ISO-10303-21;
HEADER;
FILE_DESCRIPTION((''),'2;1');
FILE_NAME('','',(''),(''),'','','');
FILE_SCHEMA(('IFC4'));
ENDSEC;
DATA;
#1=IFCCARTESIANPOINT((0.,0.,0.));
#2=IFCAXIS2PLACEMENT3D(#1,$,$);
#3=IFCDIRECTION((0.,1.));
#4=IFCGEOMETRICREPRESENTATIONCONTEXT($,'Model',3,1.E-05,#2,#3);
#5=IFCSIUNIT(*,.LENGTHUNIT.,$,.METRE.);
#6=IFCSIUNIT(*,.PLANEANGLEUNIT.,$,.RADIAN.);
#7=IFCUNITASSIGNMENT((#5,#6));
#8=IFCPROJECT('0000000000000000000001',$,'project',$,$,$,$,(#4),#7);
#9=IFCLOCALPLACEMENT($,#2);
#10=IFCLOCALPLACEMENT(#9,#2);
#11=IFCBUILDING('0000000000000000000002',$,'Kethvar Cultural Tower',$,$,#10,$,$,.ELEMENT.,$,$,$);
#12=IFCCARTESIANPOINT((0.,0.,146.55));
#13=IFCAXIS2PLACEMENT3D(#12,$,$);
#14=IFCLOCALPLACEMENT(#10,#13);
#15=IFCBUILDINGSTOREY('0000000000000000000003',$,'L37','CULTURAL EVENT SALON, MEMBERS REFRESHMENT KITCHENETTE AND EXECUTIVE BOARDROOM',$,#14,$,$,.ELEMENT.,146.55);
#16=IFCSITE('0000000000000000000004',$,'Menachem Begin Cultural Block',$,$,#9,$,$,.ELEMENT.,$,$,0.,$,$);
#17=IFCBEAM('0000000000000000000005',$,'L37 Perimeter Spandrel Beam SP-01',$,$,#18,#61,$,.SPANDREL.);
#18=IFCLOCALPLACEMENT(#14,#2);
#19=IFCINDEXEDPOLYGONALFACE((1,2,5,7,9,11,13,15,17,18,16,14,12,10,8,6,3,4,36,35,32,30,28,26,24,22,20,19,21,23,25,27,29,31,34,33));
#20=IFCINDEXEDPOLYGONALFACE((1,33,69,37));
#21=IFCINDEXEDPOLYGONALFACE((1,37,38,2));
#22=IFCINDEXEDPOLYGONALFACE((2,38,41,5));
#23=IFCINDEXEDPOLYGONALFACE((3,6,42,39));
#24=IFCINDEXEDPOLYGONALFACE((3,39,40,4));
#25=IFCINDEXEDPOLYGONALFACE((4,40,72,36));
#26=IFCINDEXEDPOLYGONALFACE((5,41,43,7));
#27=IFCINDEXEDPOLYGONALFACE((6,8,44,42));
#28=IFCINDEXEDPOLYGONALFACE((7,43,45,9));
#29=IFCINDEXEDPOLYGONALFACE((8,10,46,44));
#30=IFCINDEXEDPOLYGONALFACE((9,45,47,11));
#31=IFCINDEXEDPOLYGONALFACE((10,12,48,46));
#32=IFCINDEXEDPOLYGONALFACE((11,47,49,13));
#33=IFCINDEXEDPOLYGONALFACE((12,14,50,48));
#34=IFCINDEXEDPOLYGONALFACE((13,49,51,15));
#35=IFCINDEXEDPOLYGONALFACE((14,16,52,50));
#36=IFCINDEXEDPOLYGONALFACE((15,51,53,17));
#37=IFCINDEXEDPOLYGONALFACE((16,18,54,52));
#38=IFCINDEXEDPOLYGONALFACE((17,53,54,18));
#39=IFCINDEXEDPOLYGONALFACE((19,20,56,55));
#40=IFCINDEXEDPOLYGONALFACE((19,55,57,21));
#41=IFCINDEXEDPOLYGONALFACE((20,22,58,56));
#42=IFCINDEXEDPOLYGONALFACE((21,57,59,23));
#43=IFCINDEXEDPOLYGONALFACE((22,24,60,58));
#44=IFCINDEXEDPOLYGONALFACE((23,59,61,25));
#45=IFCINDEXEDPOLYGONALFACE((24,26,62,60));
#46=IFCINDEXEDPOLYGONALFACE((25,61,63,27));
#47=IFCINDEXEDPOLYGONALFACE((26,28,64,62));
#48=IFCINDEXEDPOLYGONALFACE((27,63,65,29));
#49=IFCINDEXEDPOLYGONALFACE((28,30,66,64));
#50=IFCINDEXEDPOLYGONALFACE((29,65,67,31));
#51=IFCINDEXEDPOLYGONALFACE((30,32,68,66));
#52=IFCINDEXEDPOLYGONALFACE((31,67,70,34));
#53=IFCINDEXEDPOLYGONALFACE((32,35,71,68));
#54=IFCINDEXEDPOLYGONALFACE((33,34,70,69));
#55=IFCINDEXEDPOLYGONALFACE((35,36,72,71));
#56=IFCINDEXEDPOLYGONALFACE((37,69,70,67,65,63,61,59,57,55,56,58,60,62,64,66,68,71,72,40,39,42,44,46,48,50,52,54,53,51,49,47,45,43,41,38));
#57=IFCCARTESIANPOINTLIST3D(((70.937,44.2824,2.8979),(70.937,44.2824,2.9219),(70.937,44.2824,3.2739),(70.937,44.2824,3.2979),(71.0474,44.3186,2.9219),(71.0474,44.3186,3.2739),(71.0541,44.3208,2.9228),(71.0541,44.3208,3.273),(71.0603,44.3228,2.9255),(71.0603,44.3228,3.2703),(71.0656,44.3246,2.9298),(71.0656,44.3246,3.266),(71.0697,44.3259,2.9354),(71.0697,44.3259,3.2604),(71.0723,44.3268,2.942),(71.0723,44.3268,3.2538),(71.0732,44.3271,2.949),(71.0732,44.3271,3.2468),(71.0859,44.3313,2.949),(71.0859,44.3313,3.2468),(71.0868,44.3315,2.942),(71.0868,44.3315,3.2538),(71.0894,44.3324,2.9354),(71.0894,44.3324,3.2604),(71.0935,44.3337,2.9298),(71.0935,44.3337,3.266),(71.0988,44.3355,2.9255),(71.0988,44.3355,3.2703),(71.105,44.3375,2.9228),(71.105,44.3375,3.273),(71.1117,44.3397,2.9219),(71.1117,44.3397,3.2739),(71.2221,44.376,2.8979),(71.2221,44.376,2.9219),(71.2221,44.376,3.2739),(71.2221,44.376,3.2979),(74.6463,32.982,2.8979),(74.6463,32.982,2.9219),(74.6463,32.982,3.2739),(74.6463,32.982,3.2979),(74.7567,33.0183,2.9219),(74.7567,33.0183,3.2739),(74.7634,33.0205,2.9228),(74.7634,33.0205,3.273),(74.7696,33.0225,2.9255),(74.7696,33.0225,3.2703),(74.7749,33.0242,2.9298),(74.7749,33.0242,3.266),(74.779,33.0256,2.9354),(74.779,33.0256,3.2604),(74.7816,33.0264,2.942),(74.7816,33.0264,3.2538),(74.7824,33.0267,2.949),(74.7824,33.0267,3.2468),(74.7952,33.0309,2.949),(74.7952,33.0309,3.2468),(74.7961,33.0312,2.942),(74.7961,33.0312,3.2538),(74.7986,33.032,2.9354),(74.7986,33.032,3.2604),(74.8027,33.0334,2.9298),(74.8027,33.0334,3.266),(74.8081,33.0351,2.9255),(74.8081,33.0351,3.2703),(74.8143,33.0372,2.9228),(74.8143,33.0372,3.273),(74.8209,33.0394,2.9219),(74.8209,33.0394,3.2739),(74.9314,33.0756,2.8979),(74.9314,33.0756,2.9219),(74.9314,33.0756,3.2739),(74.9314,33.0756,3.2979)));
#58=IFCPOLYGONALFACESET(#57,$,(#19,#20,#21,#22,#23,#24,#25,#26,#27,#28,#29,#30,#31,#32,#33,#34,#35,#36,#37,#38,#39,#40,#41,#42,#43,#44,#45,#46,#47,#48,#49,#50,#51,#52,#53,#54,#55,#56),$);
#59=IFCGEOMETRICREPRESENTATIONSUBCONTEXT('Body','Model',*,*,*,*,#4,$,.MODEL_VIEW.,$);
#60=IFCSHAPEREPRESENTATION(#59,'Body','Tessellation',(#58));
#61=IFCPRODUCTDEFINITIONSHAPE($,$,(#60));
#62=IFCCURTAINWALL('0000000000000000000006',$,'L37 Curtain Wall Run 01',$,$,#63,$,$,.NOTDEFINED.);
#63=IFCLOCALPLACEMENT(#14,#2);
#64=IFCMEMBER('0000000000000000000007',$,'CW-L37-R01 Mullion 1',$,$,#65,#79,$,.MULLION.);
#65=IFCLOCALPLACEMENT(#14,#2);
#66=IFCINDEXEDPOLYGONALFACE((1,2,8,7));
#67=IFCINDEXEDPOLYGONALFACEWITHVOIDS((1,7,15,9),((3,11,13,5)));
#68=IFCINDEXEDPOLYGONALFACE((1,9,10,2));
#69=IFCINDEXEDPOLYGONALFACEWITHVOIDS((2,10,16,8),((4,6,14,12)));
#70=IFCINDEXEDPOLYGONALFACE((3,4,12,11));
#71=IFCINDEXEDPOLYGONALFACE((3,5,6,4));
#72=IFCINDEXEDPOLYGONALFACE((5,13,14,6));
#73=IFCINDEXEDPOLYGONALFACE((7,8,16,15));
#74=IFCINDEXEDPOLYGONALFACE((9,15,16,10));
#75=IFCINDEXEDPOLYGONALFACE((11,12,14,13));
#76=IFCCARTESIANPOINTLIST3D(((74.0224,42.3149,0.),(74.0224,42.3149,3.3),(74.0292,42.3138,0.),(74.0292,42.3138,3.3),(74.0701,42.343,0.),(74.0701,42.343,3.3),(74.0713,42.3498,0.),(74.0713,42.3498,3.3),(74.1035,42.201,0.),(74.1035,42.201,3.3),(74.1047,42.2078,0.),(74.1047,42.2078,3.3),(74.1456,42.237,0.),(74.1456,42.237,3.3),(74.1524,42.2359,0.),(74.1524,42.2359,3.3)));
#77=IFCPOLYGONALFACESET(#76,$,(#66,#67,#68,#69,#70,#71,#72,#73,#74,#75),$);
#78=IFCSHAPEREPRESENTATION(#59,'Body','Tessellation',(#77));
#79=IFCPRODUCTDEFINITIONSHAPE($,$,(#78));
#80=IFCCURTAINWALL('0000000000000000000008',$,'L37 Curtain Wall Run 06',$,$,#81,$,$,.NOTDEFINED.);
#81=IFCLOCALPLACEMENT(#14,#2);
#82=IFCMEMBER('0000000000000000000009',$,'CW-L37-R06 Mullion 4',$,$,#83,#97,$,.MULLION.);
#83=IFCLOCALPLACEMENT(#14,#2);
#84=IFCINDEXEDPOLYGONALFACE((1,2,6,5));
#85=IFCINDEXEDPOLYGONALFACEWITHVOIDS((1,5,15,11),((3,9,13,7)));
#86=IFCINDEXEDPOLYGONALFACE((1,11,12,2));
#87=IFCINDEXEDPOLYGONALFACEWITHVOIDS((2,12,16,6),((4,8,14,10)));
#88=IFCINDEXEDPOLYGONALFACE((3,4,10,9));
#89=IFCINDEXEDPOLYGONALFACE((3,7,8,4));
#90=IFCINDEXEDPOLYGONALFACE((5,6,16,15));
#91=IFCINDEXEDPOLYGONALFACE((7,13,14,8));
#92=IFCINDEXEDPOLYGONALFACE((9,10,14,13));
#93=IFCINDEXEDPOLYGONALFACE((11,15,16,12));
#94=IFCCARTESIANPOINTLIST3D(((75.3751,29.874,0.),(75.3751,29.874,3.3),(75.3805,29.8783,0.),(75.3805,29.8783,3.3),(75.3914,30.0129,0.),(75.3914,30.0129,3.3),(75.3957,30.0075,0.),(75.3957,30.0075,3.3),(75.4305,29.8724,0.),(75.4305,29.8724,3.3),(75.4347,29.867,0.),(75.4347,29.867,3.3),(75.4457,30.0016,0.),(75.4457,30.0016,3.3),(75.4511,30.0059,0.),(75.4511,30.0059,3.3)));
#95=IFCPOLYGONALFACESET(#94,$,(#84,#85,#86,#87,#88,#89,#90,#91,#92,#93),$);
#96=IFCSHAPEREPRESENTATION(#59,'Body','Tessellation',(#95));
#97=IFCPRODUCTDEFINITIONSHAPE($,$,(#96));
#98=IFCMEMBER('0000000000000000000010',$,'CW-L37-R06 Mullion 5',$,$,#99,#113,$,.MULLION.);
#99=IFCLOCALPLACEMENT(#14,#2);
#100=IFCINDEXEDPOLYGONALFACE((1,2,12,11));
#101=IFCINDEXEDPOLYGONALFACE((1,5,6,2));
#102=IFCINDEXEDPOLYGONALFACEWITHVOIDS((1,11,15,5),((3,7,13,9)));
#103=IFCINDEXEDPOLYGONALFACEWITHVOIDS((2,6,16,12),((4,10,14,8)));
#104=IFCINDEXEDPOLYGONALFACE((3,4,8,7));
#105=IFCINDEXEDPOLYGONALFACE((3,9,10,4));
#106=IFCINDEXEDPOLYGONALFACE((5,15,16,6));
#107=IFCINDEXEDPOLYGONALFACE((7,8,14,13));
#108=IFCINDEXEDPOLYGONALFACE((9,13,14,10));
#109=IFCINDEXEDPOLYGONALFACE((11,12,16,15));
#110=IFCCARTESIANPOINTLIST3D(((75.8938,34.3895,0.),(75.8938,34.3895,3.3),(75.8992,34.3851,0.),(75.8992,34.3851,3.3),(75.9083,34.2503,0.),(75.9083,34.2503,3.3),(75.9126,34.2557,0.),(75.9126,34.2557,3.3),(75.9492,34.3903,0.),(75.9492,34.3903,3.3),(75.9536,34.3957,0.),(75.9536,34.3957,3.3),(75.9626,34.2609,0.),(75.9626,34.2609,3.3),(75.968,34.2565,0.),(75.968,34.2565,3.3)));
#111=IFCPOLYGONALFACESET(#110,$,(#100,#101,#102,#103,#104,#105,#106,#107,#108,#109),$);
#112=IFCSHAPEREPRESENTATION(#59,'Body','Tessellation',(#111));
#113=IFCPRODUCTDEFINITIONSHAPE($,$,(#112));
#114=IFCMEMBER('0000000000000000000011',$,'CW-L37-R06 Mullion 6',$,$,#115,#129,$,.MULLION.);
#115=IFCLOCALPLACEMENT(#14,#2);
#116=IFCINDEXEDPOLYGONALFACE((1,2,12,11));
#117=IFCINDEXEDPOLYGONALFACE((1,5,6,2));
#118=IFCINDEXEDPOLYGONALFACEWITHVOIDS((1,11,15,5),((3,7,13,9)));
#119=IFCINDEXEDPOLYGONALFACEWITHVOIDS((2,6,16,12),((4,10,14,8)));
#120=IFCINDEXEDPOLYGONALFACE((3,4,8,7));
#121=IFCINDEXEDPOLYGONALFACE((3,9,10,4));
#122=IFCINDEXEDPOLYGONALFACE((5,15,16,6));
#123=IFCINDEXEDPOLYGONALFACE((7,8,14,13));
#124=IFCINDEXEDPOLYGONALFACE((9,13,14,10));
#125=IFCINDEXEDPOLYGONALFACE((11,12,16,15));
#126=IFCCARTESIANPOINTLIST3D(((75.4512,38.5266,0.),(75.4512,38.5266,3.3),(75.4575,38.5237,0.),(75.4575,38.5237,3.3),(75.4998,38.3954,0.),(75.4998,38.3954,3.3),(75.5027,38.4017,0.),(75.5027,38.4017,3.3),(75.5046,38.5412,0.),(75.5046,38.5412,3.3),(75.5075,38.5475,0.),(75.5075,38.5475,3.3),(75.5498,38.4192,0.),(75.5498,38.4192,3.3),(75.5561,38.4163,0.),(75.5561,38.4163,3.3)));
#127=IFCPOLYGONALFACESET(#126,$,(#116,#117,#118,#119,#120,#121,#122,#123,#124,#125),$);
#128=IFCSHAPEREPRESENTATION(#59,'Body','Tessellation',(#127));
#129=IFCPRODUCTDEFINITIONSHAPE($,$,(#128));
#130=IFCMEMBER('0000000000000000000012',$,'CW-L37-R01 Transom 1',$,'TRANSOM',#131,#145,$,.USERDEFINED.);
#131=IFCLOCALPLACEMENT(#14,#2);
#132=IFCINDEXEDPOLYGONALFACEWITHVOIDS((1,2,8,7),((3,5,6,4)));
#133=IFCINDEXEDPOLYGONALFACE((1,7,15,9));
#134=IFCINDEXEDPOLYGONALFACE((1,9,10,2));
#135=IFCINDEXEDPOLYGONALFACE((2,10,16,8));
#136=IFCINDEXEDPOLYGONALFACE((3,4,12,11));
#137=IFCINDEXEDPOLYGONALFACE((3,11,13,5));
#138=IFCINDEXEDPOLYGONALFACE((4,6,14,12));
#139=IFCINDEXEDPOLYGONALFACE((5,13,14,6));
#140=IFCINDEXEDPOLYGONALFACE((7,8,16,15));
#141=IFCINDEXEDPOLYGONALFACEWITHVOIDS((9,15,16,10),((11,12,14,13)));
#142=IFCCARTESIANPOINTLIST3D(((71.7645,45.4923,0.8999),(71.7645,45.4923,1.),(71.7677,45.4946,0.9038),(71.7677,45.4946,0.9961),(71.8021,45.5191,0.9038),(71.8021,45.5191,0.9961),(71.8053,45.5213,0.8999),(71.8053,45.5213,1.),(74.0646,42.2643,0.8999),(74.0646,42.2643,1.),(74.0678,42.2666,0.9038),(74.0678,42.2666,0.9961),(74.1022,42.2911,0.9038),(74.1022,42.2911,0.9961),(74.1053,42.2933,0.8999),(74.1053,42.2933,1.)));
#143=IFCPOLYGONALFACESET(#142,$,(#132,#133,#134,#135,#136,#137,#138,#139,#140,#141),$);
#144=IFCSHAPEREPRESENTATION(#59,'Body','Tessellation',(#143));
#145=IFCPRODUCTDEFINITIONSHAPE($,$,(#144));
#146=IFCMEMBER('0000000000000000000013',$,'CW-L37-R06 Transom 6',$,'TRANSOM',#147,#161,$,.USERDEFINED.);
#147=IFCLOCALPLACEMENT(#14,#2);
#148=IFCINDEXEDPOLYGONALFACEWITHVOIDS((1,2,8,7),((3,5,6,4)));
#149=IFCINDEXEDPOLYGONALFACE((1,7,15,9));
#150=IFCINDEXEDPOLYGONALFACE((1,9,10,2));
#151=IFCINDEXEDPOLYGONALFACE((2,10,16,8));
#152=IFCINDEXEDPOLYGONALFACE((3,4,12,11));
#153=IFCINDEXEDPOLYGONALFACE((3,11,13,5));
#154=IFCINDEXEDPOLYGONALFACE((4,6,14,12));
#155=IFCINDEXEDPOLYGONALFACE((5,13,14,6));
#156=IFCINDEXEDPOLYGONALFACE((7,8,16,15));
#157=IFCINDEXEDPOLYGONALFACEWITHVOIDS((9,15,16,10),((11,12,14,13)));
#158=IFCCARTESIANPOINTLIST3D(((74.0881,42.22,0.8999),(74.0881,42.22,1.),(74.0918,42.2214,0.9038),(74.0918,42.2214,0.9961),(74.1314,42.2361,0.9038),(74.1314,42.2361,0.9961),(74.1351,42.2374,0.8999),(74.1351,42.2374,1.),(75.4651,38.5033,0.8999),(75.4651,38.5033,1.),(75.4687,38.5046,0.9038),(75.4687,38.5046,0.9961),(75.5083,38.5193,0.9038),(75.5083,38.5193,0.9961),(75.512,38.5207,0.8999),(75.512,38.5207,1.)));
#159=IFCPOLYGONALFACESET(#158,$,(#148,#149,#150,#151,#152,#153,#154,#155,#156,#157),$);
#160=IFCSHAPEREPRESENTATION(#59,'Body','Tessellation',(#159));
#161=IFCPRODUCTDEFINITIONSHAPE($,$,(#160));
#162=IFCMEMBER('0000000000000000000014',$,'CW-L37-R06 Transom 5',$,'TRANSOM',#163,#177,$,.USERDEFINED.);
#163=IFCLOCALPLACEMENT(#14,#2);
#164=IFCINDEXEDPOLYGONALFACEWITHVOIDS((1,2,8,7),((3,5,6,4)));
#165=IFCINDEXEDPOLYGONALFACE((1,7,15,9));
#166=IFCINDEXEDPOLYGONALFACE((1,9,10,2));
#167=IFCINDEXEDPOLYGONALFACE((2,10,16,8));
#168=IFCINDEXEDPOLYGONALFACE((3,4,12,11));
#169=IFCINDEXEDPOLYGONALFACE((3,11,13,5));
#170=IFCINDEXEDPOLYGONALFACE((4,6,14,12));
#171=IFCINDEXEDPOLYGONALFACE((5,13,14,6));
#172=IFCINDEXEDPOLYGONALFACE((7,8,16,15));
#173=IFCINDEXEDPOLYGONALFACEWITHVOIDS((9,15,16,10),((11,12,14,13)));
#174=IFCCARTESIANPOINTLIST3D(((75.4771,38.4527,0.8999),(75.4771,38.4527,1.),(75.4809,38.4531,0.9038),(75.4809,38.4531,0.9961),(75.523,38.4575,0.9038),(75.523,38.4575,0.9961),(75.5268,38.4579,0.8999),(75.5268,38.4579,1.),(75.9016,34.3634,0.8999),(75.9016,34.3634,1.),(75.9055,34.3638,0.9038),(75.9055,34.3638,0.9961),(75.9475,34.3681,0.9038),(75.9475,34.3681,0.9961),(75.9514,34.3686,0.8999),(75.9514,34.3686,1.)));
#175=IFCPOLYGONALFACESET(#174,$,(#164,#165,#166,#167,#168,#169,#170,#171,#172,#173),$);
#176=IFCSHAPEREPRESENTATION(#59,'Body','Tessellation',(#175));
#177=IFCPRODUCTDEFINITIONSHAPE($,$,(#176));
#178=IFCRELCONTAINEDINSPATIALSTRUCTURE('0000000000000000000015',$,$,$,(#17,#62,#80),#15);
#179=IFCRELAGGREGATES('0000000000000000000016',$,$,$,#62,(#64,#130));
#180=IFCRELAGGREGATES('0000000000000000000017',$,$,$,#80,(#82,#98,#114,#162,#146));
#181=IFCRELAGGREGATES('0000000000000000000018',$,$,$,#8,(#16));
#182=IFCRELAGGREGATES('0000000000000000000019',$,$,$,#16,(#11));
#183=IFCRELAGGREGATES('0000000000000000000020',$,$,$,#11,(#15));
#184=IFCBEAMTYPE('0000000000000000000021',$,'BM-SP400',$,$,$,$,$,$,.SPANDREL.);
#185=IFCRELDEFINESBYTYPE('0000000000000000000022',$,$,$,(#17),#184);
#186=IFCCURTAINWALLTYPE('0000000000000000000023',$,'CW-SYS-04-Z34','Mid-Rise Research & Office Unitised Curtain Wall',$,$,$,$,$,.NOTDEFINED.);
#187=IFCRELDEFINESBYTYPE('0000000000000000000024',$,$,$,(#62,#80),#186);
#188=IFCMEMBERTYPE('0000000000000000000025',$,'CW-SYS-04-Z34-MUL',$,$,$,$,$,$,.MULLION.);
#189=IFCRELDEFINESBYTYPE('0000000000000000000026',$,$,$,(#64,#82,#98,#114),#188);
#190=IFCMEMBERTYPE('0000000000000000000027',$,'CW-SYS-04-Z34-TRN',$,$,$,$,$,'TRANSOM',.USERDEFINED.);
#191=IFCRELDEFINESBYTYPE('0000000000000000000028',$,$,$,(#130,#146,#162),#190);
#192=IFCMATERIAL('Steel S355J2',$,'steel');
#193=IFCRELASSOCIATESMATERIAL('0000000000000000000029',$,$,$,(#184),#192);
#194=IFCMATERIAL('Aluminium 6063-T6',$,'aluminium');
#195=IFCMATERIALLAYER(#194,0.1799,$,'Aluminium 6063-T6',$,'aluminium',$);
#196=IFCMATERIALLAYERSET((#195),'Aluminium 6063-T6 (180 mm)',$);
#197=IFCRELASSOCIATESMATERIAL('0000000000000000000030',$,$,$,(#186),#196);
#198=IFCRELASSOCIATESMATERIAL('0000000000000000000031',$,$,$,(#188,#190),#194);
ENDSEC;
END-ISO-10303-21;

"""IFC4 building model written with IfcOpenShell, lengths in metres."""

from ifc_helpers import new_model, si_unit, direction, frame, origin, origin_2d, place, context, subcontext, project, spatial, hollow_rectangle, i_section, extrude, source, transform, mapped, material, layer, layer_set, material_profile, profile_set, type_object, element, aggregate, save


model = new_model("IFC4")

# Units and contexts
model_context = context("Model", 3, precision=1e-05, world=origin(), true_north=direction((0.0, 1.0)))
body_context = subcontext(model_context, "Body", "Model", "MODEL_VIEW")
ifc_project = project(units=[si_unit("LENGTHUNIT", "METRE"), si_unit("PLANEANGLEUNIT", "RADIAN")], contexts=[model_context])

# Site, building, storey
site_placement = place(None, origin())
site = spatial("IfcSite", under=ifc_project, at=site_placement, Name="Menachem Begin Cultural Block", CompositionType="ELEMENT", RefElevation=0.0)
building_placement = place(site_placement, origin())
building = spatial("IfcBuilding", under=site, at=building_placement, Name="Kethvar Cultural Tower", CompositionType="ELEMENT")
storey_placement = place(building_placement, frame((0.0, 0.0, 146.55)))
storey = spatial("IfcBuildingStorey", under=building, at=storey_placement, Name="L37", Description="CULTURAL EVENT SALON, MEMBERS REFRESHMENT KITCHENETTE AND EXECUTIVE BOARDROOM", CompositionType="ELEMENT", Elevation=146.55)

# Beam
ifc_material_1 = material(Name="Steel S355J2", Category="steel")
ifc_material_profile_1 = material_profile(ifc_material_1, i_section(OverallWidth=0.3, OverallDepth=0.3999, WebThickness=0.0134, FlangeThickness=0.0239, FilletRadius=0.0271, at=origin_2d()), Name="Steel S355J2 — HEB400")
ifc_profile_set_1 = profile_set([ifc_material_profile_1], Name="Steel S355J2 — HEB400")
beam_type_1 = type_object("IfcBeamType", Name="BM-SP400", PredefinedType="SPANDREL", material=ifc_profile_set_1)
shared_shape_1 = source(origin(), body_context, "Body", "SweptSolid", [
    extrude(i_section(OverallWidth=0.3, OverallDepth=0.3999, WebThickness=0.0134, FlangeThickness=0.0239, FilletRadius=0.0271, at=origin_2d()), origin(), (0.0, 0.0, 1.0), 11.8936),
])
beam_1_placement = place(storey_placement, frame((74.7888, 33.0288, 3.0979), z_axis=(-0.311871, 0.950125, 0.0), x_axis=(-0.950125, -0.311871, 0.0)))
element("IfcBeam", 1, at=beam_1_placement, inside=storey, type_object=beam_type_1, Name="L37 Perimeter Spandrel Beam SP-01", PredefinedType="SPANDREL", context=body_context, shape_type="MappedRepresentation", body=[
    mapped(shared_shape_1, transform((0.0, 0.0, 0.0), scale=1.0)),
])

# Curtain wall, member
ifc_material_2 = material(Name="Aluminium 6063-T6", Category="aluminium")
ifc_layer_1 = layer(ifc_material_2, 0.1799, Name="Aluminium 6063-T6", Category="aluminium")
ifc_layer_set_1 = layer_set([ifc_layer_1], Name="Aluminium 6063-T6 (180 mm)")
curtain_wall_type = type_object("IfcCurtainWallType", Name="CW-SYS-04-Z34", Description="Mid-Rise Research & Office Unitised Curtain Wall", PredefinedType="NOTDEFINED", material=ifc_layer_set_1)
curtain_wall_1_placement = place(storey_placement, origin())
curtain_wall_1 = element("IfcCurtainWall", 2, at=curtain_wall_1_placement, inside=storey, type_object=curtain_wall_type, Name="L37 Curtain Wall Run 01", PredefinedType="NOTDEFINED")
ifc_material_profile_2 = material_profile(ifc_material_2, hollow_rectangle(XDim=0.0601, YDim=0.1399, WallThickness=0.0049, at=origin_2d()), Name="Aluminium 6063-T6 — RHS140x60x5")
ifc_profile_set_2 = profile_set([ifc_material_profile_2], Name="Aluminium 6063-T6 — RHS140x60x5")
member_type_1 = type_object("IfcMemberType", Name="CW-SYS-04-Z34-MUL", PredefinedType="MULLION", material=ifc_profile_set_2)
shared_shape_2 = source(origin(), body_context, "Body", "SweptSolid", [
    extrude(hollow_rectangle(XDim=0.0601, YDim=0.1399, WallThickness=0.0049, at=origin_2d()), origin(), (0.0, 0.0, 1.0), 3.3),
])
member_1_placement = place(storey_placement, frame((74.0874, 42.2754, 0.0), z_axis=(0.0, 0.0, 1.0), x_axis=(-0.814419, -0.580277, 0.0)))
member_1 = element("IfcMember", 3, at=member_1_placement, type_object=member_type_1, Name="CW-L37-R01 Mullion 1", PredefinedType="MULLION", context=body_context, shape_type="MappedRepresentation", body=[
    mapped(shared_shape_2, transform((0.0, 0.0, 0.0), scale=1.0)),
])

# Curtain wall, members
curtain_wall_2_placement = place(storey_placement, origin())
curtain_wall_2 = element("IfcCurtainWall", 4, at=curtain_wall_2_placement, inside=storey, type_object=curtain_wall_type, Name="L37 Curtain Wall Run 06", PredefinedType="NOTDEFINED")
member_2_placement = place(storey_placement, frame((75.4131, 29.9399, 0.0), z_axis=(0.0, 0.0, 1.0), x_axis=(-0.99316, 0.116757, 0.0)))
member_2 = element("IfcMember", 5, at=member_2_placement, type_object=member_type_1, Name="CW-L37-R06 Mullion 4", PredefinedType="MULLION", context=body_context, shape_type="MappedRepresentation", body=[
    mapped(shared_shape_2, transform((0.0, 0.0, 0.0), scale=1.0)),
])
member_3_placement = place(storey_placement, frame((75.9309, 34.323, 0.0), z_axis=(0.0, 0.0, 1.0), x_axis=(-0.994651, -0.103296, 0.0)))
member_3 = element("IfcMember", 6, at=member_3_placement, type_object=member_type_1, Name="CW-L37-R06 Mullion 5", PredefinedType="MULLION", context=body_context, shape_type="MappedRepresentation", body=[
    mapped(shared_shape_2, transform((0.0, 0.0, 0.0), scale=1.0)),
])
member_4_placement = place(storey_placement, frame((75.5037, 38.4714, 0.0), z_axis=(0.0, 0.0, 1.0), x_axis=(-0.937707, -0.347427, 0.0)))
member_4 = element("IfcMember", 7, at=member_4_placement, type_object=member_type_1, Name="CW-L37-R06 Mullion 6", PredefinedType="MULLION", context=body_context, shape_type="MappedRepresentation", body=[
    mapped(shared_shape_2, transform((0.0, 0.0, 0.0), scale=1.0)),
])

# Members
ifc_material_profile_3 = material_profile(ifc_material_2, hollow_rectangle(XDim=0.05, YDim=0.1001, WallThickness=0.0039, at=origin_2d()), Name="Aluminium 6063-T6 — RHS100x50x4")
ifc_profile_set_3 = profile_set([ifc_material_profile_3], Name="Aluminium 6063-T6 — RHS100x50x4")
member_type_2 = type_object("IfcMemberType", Name="CW-SYS-04-Z34-TRN", ElementType="TRANSOM", PredefinedType="USERDEFINED", material=ifc_profile_set_3)
shared_shape_3 = source(origin(), body_context, "Body", "SweptSolid", [
    extrude(hollow_rectangle(XDim=0.05, YDim=0.1001, WallThickness=0.0039, at=origin_2d()), origin(), (0.0, 0.0, 1.0), 3.9636),
])
member_5_placement = place(storey_placement, frame((74.085, 42.2788, 0.95), z_axis=(-0.580288, 0.814411, 0.0), x_axis=(-0.814411, -0.580288, 0.0)))
member_5 = element("IfcMember", 8, at=member_5_placement, type_object=member_type_2, Name="CW-L37-R01 Transom 1", ObjectType="TRANSOM", PredefinedType="USERDEFINED", context=body_context, shape_type="MappedRepresentation", body=[
    mapped(shared_shape_3, transform((0.0, 0.0, 0.0), scale=1.0)),
])
aggregate(curtain_wall_1, [member_1, member_5])
member_6_placement = place(storey_placement, frame((75.4885, 38.512, 0.95), z_axis=(-0.347395, 0.937719, 0.0), x_axis=(-0.937719, -0.347395, 0.0)))
member_6 = element("IfcMember", 9, at=member_6_placement, type_object=member_type_2, Name="CW-L37-R06 Transom 6", ObjectType="TRANSOM", PredefinedType="USERDEFINED", context=body_context, shape_type="MappedRepresentation", body=[
    mapped(shared_shape_3, transform((0.0, 0.0, 0.0), scale=1.0)),
])
shared_shape_4 = source(origin(), body_context, "Body", "SweptSolid", [
    extrude(hollow_rectangle(XDim=0.05, YDim=0.1001, WallThickness=0.0039, at=origin_2d()), origin(), (0.0, 0.0, 1.0), 4.1113),
])
member_7_placement = place(storey_placement, frame((75.9265, 34.366, 0.95), z_axis=(-0.103266, 0.994654, 0.0), x_axis=(-0.994654, -0.103266, 0.0)))
member_7 = element("IfcMember", 10, at=member_7_placement, type_object=member_type_2, Name="CW-L37-R06 Transom 5", ObjectType="TRANSOM", PredefinedType="USERDEFINED", context=body_context, shape_type="MappedRepresentation", body=[
    mapped(shared_shape_4, transform((0.0, 0.0, 0.0), scale=1.0)),
])

aggregate(curtain_wall_2, [member_2, member_3, member_4, member_7, member_6])

save(model, "model.ifc")
